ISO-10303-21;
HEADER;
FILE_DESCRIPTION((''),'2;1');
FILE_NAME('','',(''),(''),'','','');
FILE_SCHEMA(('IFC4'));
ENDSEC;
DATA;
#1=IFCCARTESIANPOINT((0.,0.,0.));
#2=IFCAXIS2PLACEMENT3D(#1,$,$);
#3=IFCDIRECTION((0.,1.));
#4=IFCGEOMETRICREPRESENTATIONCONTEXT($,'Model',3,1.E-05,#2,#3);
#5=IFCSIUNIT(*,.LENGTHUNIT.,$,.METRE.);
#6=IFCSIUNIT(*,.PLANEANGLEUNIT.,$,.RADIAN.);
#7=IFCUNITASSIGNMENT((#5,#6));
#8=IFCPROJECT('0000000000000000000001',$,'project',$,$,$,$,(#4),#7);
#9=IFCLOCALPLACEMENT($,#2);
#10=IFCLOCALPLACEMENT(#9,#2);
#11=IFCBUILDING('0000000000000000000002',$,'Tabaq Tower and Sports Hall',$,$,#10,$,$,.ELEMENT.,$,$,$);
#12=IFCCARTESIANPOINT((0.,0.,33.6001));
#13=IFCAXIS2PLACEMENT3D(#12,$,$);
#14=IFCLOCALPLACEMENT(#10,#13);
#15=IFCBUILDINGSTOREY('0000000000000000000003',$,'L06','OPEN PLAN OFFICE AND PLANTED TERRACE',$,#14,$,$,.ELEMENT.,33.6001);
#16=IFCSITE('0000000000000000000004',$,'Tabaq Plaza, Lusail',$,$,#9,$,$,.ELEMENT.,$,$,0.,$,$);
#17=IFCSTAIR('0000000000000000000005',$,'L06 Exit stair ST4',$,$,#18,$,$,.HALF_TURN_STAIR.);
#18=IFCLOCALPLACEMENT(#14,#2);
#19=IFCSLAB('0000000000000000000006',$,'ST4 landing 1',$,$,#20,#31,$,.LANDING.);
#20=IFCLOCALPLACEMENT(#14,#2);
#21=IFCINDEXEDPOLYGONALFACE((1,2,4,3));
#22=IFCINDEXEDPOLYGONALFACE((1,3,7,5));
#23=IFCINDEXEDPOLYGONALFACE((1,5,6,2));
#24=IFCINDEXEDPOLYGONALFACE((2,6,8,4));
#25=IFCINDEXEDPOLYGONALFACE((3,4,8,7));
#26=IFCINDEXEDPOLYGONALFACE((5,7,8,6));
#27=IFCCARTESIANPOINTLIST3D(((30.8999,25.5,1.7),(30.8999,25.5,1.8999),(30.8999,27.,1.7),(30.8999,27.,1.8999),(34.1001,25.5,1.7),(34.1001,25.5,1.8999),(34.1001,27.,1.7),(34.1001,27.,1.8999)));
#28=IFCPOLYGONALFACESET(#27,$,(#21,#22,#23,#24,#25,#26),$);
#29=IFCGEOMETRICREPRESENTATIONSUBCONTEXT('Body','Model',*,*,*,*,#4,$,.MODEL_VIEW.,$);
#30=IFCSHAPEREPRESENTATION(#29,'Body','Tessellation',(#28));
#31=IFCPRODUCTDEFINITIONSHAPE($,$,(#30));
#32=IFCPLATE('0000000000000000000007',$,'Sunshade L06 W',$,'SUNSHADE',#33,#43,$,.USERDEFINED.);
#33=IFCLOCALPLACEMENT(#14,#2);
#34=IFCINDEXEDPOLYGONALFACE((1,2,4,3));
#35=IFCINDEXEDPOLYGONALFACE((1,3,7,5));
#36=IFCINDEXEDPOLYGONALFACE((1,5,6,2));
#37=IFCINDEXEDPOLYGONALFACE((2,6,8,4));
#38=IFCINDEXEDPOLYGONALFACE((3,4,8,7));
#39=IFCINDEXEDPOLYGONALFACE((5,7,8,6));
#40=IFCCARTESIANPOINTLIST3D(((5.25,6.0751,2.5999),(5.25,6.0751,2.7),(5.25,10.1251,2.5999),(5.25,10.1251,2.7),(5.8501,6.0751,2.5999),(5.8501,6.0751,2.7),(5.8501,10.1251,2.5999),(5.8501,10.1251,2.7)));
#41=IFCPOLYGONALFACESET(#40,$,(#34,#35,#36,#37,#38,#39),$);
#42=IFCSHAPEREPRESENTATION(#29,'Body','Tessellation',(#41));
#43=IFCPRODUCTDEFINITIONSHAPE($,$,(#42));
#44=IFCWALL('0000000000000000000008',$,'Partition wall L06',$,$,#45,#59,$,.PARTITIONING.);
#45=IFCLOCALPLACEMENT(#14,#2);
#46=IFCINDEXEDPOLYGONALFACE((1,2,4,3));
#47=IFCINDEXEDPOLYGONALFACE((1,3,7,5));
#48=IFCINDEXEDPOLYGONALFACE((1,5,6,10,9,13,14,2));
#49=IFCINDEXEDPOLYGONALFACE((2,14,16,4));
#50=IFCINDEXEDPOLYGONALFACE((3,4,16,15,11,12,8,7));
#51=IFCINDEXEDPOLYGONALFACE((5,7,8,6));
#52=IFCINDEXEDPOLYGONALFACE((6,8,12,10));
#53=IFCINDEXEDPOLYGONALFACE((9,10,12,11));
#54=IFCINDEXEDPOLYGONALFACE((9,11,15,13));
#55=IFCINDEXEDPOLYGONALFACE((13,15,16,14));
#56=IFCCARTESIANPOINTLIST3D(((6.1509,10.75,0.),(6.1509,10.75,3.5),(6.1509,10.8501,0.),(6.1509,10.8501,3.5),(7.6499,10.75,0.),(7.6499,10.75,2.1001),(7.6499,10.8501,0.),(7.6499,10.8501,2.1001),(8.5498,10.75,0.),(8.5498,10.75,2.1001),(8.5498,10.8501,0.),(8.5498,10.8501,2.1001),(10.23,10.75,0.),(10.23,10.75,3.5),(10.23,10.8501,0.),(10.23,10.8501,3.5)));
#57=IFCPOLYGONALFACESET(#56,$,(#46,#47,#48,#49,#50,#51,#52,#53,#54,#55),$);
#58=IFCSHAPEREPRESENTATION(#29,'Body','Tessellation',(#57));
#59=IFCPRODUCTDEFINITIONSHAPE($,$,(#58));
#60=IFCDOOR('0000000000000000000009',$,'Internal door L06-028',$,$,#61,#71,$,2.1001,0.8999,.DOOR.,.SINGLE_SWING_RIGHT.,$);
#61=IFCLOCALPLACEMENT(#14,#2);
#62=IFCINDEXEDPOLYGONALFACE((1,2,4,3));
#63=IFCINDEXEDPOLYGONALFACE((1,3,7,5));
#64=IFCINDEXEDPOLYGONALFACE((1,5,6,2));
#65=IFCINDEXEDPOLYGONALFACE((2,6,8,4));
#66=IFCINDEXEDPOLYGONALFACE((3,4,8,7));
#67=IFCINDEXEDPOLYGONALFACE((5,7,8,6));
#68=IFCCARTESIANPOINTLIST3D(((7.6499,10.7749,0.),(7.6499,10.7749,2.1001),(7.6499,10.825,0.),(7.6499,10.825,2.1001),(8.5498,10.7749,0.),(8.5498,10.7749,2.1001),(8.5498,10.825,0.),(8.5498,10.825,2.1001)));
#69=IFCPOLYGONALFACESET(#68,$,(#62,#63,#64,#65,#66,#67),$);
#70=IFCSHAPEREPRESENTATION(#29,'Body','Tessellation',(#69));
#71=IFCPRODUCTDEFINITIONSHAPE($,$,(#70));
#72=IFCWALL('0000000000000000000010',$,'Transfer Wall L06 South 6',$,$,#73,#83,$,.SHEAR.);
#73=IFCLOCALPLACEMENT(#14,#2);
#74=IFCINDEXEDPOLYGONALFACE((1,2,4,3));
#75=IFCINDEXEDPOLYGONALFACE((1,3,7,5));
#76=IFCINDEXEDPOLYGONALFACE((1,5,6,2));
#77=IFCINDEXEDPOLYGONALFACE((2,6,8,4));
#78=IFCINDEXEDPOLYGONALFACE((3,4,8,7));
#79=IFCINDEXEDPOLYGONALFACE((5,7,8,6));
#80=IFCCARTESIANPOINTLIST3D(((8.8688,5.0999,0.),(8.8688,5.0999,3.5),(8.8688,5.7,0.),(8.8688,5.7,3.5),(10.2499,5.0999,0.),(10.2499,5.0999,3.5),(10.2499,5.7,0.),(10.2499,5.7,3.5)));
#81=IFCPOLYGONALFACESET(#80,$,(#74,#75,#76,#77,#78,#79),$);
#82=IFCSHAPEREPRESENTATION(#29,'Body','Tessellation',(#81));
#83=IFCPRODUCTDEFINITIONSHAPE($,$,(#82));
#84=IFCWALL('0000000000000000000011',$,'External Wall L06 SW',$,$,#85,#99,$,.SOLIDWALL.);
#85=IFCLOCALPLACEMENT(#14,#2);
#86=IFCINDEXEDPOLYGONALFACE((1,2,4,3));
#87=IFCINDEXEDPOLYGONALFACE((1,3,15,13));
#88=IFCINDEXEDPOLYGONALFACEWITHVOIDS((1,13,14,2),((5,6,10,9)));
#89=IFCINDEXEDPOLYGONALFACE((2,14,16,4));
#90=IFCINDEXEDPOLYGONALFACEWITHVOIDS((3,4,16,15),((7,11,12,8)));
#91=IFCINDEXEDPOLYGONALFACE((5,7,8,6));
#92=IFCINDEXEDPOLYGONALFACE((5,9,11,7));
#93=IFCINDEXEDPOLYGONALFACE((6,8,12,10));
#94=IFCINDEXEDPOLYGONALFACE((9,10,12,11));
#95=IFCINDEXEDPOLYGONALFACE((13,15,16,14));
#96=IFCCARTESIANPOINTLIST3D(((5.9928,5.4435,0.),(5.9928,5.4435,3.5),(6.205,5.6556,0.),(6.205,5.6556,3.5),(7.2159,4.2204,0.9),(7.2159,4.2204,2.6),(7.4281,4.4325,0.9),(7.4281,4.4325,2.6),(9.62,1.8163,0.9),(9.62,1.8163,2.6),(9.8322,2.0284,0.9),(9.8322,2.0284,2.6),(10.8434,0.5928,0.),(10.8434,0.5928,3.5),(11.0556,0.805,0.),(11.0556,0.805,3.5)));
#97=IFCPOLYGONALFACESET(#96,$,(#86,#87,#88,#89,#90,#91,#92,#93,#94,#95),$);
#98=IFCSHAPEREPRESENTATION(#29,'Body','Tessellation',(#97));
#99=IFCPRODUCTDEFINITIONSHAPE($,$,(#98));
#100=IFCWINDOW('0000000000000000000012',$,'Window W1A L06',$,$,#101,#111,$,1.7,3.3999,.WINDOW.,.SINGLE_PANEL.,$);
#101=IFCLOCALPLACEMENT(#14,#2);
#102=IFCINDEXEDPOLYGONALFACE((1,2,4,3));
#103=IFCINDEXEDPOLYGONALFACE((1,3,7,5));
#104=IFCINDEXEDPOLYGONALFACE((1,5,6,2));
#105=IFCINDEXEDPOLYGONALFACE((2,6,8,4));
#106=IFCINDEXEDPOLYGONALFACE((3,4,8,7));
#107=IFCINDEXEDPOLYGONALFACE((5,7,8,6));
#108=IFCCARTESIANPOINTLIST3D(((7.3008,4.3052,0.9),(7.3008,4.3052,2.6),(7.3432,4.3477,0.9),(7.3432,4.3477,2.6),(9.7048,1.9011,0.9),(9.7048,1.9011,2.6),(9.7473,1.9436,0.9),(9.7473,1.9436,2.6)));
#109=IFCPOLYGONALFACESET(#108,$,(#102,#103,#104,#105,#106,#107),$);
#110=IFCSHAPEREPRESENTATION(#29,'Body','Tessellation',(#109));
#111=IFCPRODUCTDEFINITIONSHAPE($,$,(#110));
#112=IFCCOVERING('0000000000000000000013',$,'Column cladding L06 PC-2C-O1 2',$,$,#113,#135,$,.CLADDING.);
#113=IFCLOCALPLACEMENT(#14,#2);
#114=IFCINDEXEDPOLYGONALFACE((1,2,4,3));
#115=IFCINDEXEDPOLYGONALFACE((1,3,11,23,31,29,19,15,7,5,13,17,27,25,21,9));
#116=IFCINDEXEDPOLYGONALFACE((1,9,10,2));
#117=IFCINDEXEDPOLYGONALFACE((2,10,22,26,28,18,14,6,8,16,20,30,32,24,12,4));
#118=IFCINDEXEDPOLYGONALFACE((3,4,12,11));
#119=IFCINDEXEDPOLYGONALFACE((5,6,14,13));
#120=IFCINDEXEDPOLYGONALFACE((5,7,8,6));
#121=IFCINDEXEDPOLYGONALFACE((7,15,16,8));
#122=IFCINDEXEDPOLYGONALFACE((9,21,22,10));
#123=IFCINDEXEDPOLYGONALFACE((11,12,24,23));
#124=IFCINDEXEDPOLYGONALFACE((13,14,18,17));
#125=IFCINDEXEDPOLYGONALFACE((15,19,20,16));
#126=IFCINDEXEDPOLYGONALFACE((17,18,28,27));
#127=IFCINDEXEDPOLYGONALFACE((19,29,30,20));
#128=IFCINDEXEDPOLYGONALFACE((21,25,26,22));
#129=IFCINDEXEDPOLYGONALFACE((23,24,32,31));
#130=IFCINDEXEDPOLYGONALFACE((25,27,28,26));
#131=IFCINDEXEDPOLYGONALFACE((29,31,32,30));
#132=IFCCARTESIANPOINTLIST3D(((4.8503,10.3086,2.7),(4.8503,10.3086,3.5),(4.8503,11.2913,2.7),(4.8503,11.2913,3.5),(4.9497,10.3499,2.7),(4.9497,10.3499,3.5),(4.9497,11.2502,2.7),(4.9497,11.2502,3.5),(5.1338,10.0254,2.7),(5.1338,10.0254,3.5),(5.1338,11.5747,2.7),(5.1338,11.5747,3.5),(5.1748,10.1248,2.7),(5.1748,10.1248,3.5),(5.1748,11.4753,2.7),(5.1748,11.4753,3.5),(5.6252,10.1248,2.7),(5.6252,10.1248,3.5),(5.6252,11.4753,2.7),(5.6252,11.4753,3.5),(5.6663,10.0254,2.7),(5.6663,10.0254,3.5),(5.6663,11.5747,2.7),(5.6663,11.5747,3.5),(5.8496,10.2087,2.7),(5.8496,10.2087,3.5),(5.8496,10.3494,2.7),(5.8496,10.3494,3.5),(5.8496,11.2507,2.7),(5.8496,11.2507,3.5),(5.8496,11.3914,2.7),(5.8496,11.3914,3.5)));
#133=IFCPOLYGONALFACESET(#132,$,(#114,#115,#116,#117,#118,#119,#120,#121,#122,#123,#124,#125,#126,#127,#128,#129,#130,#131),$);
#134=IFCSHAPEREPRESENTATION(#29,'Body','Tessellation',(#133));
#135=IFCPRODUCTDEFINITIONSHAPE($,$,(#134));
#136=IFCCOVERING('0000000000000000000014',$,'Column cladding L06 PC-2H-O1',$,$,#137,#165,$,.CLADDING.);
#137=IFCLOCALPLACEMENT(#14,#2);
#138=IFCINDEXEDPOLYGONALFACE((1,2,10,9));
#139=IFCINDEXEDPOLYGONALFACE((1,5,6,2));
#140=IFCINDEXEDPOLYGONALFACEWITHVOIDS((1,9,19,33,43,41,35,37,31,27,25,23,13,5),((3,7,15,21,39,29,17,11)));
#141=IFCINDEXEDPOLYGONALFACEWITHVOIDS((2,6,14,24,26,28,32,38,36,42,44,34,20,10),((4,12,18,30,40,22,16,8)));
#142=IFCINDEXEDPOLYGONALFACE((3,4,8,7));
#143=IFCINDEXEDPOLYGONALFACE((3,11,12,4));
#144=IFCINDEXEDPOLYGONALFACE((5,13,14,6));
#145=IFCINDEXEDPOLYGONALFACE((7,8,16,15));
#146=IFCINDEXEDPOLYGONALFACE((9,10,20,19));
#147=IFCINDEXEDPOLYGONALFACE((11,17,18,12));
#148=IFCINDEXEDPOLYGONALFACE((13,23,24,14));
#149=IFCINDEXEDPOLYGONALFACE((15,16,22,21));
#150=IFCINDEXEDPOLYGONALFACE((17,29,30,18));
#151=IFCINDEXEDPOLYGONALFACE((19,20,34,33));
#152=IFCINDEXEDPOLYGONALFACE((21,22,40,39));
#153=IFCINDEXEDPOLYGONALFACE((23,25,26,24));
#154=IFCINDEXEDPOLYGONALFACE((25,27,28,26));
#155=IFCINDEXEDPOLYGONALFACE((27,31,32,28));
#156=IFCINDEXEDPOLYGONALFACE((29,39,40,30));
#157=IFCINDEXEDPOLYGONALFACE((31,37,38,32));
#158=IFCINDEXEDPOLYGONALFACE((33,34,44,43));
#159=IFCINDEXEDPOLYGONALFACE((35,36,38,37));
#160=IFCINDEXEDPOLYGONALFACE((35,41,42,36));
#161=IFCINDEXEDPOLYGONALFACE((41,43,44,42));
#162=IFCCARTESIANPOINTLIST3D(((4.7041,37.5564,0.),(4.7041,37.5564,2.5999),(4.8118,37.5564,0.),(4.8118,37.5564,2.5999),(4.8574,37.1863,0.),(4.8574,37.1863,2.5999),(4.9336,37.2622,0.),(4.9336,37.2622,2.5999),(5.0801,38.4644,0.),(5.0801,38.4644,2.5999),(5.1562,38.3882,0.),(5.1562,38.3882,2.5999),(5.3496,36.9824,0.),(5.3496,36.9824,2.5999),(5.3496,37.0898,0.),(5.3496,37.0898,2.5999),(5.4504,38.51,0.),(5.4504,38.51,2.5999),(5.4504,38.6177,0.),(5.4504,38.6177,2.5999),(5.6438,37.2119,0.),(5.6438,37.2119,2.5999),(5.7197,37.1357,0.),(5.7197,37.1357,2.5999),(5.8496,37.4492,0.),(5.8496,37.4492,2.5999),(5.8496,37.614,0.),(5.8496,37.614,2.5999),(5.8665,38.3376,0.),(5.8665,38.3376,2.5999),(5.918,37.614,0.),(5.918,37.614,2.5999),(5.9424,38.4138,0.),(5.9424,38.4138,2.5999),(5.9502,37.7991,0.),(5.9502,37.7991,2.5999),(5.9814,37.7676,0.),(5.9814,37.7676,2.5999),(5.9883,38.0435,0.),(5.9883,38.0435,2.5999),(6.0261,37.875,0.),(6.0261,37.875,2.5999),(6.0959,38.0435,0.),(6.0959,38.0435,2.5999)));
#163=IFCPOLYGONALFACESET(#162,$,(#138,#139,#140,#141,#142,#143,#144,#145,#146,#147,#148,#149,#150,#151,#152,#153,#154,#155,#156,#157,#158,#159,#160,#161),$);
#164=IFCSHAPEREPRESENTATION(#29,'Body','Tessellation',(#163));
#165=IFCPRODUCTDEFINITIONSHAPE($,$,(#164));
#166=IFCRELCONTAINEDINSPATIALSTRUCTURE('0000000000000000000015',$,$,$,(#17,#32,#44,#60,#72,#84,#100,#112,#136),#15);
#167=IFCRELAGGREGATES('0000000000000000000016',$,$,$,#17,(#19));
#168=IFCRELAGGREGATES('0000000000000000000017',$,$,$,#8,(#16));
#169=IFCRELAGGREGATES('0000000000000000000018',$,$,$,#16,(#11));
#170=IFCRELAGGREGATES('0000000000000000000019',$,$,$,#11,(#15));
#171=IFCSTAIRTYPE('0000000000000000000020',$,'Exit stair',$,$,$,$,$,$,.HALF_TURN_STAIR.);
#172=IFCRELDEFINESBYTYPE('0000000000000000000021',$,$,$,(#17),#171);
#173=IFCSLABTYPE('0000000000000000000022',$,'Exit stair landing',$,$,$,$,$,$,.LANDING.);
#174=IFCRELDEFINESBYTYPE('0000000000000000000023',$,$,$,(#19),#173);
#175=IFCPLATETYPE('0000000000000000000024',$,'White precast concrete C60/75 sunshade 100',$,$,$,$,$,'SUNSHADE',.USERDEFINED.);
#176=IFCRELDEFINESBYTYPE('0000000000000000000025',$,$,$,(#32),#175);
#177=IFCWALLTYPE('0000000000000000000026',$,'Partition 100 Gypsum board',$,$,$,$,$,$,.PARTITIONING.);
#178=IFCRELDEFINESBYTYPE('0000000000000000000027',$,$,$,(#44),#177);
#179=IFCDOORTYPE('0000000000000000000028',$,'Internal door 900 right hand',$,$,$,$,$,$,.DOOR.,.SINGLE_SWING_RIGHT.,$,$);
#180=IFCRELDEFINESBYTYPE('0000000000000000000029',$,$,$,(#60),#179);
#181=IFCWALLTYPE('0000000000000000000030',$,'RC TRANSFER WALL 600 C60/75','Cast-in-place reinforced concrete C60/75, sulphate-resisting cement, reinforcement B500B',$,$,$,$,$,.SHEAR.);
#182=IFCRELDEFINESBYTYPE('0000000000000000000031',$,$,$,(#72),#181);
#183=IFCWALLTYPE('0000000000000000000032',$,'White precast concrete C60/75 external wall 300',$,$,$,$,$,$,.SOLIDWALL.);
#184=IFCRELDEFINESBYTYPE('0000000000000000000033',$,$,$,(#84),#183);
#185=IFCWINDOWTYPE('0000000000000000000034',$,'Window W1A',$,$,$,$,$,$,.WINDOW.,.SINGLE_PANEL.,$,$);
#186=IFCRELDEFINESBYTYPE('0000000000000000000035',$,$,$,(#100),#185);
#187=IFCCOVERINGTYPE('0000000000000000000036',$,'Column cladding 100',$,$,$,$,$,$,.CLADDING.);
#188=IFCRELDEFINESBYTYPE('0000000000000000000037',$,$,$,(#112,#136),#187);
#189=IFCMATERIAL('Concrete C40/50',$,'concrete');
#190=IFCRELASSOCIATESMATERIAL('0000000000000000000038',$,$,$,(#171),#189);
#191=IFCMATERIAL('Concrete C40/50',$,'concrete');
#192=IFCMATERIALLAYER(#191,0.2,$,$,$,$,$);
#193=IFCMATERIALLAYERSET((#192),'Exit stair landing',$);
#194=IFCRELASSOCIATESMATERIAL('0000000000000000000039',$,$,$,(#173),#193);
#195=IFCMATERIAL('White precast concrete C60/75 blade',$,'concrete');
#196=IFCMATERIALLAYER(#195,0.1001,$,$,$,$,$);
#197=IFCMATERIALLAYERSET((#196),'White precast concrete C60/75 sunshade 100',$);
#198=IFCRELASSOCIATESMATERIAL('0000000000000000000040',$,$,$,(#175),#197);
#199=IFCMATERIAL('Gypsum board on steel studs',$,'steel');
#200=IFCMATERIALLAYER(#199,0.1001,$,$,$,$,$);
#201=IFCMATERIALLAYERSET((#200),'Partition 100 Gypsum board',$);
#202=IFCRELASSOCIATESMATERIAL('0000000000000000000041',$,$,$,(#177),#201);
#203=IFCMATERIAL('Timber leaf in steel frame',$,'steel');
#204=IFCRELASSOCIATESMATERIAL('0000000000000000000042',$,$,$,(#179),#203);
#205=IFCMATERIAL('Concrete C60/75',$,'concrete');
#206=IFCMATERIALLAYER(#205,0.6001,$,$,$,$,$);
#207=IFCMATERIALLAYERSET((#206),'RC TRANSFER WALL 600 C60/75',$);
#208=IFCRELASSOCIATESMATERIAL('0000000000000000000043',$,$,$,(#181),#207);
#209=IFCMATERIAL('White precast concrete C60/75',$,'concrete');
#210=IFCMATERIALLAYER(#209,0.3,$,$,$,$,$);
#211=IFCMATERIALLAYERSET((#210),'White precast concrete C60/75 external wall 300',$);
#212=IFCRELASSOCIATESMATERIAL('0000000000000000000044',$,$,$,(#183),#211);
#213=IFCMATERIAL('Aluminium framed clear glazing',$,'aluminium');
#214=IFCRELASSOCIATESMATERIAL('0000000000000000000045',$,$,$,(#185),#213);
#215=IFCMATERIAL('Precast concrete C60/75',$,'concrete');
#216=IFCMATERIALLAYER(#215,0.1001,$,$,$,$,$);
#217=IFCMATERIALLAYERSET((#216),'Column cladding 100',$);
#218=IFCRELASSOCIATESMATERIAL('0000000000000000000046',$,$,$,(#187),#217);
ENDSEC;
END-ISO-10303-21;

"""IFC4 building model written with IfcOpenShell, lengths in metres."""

from ifc_helpers import new_model, si_unit, direction, frame, frame_2d, origin, origin_2d, place, context, subcontext, project, spatial, polyline, rectangle, outline, extrude, material, layer, layer_set, type_object, element, fill, aggregate, save


model = new_model("IFC4")

# Units and contexts
model_context = context("Model", 3, precision=1e-05, world=origin(), true_north=direction((0.0, 1.0)))
body_context = subcontext(model_context, "Body", "Model", "MODEL_VIEW")
ifc_project = project(units=[si_unit("LENGTHUNIT", "METRE"), si_unit("PLANEANGLEUNIT", "RADIAN")], contexts=[model_context])

# Site, building, storey
site_placement = place(None, origin())
site = spatial("IfcSite", under=ifc_project, at=site_placement, Name="Tabaq Plaza, Lusail", CompositionType="ELEMENT", RefElevation=0.0)
building_placement = place(site_placement, origin())
building = spatial("IfcBuilding", under=site, at=building_placement, Name="Tabaq Tower and Sports Hall", CompositionType="ELEMENT")
storey_placement = place(building_placement, frame((0.0, 0.0, 33.6001)))
storey = spatial("IfcBuildingStorey", under=building, at=storey_placement, Name="L06", Description="OPEN PLAN OFFICE AND PLANTED TERRACE", CompositionType="ELEMENT", Elevation=33.6001)

# Stair, slab
ifc_material_1 = material(Name="Concrete C40/50", Category="concrete")
stair_type = type_object("IfcStairType", Name="Exit stair", PredefinedType="HALF_TURN_STAIR", material=ifc_material_1)
ifc_material_2 = material(Name="Concrete C40/50", Category="concrete")
ifc_layer_1 = layer(ifc_material_2, 0.2)
ifc_layer_set_1 = layer_set([ifc_layer_1], Name="Exit stair landing")
slab_type = type_object("IfcSlabType", Name="Exit stair landing", PredefinedType="LANDING", material=ifc_layer_set_1)
stair_1_placement = place(storey_placement, origin())
stair_1 = element("IfcStair", 1, at=stair_1_placement, inside=storey, type_object=stair_type, Name="L06 Exit stair ST4", PredefinedType="HALF_TURN_STAIR")
slab_1_placement = place(storey_placement, frame((0.0, 0.0, 1.7)))
slab_1 = element("IfcSlab", 2, at=slab_1_placement, type_object=slab_type, Name="ST4 landing 1", PredefinedType="LANDING", context=body_context, shape_type="SweptSolid", body=[
    extrude(outline(polyline([(30.8999, 27.0), (30.8999, 25.5), (34.1001, 25.5), (34.1001, 27.0), (30.8999, 27.0)])), origin(), (0.0, 0.0, 1.0), 0.2),
])
aggregate(stair_1, [slab_1])

# Plate
ifc_material_3 = material(Name="White precast concrete C60/75 blade", Category="concrete")
ifc_layer_2 = layer(ifc_material_3, 0.1001)
ifc_layer_set_2 = layer_set([ifc_layer_2], Name="White precast concrete C60/75 sunshade 100")
plate_type = type_object("IfcPlateType", Name="White precast concrete C60/75 sunshade 100", ElementType="SUNSHADE", PredefinedType="USERDEFINED", material=ifc_layer_set_2)
plate_placement = place(storey_placement, frame((5.55, 8.1001, 2.5999), z_axis=(0.0, 0.0, 1.0), x_axis=(0.0, -1.0, 0.0)))
element("IfcPlate", 3, at=plate_placement, inside=storey, type_object=plate_type, Name="Sunshade L06 W", ObjectType="SUNSHADE", PredefinedType="USERDEFINED", context=body_context, shape_type="SweptSolid", body=[
    extrude(rectangle(XDim=4.05, YDim=0.6001, at=origin_2d()), origin(), (0.0, 0.0, 1.0), 0.1001),
])

# Wall, opening, door
ifc_material_4 = material(Name="Gypsum board on steel studs", Category="steel")
ifc_layer_3 = layer(ifc_material_4, 0.1001)
ifc_layer_set_3 = layer_set([ifc_layer_3], Name="Partition 100 Gypsum board")
wall_type_1 = type_object("IfcWallType", Name="Partition 100 Gypsum board", PredefinedType="PARTITIONING", material=ifc_layer_set_3)
wall_1_placement = place(storey_placement, frame((6.1509, 10.8, 0.0), z_axis=(0.0, 0.0, 1.0), x_axis=(1.0, 0.0, 0.0)))
wall_1 = element("IfcWall", 4, at=wall_1_placement, inside=storey, type_object=wall_type_1, Name="Partition wall L06", PredefinedType="PARTITIONING", context=body_context, shape_type="SweptSolid", body=[
    extrude(rectangle(XDim=4.0791, YDim=0.1001, at=frame_2d((2.0396, 0.0))), origin(), (0.0, 0.0, 1.0), 3.5),
])
opening_1_placement = place(wall_1_placement, frame((1.499, 0.0, 0.0)))
opening_1 = element("IfcOpeningElement", 5, at=opening_1_placement, cuts=wall_1, PredefinedType="OPENING", context=body_context, shape_type="SweptSolid", body=[
    extrude(rectangle(XDim=0.8999, YDim=2.1001, at=frame_2d((0.45, 1.05))), frame((0.0, 0.05, 0.0), z_axis=(0.0, -1.0, 0.0), x_axis=(1.0, 0.0, 0.0)), (0.0, 0.0, 1.0), 0.1001),
])
ifc_material_5 = material(Name="Timber leaf in steel frame", Category="steel")
door_type = type_object("IfcDoorType", Name="Internal door 900 right hand", OperationType="SINGLE_SWING_RIGHT", PredefinedType="DOOR", material=ifc_material_5)
door_placement = place(opening_1_placement, origin())
door = element("IfcDoor", 6, at=door_placement, inside=storey, type_object=door_type, Name="Internal door L06-028", OperationType="SINGLE_SWING_RIGHT", OverallHeight=2.1001, OverallWidth=0.8999, PredefinedType="DOOR", context=body_context, shape_type="SweptSolid", body=[
    extrude(rectangle(XDim=0.8999, YDim=2.1001, at=frame_2d((0.45, 1.05))), frame((0.0, 0.0249, 0.0), z_axis=(0.0, -1.0, 0.0), x_axis=(1.0, 0.0, 0.0)), (0.0, 0.0, 1.0), 0.05),
])
fill(opening_1, door)

# Wall
ifc_material_6 = material(Name="Concrete C60/75", Category="concrete")
ifc_layer_4 = layer(ifc_material_6, 0.6001)
ifc_layer_set_4 = layer_set([ifc_layer_4], Name="RC TRANSFER WALL 600 C60/75")
wall_type_2 = type_object("IfcWallType", Name="RC TRANSFER WALL 600 C60/75", Description="Cast-in-place reinforced concrete C60/75, sulphate-resisting cement, reinforcement B500B", PredefinedType="SHEAR", material=ifc_layer_set_4)
wall_2_placement = place(storey_placement, frame((8.8689, 5.3999, 0.0), z_axis=(0.0, 0.0, 1.0), x_axis=(1.0, 0.0, 0.0)))
element("IfcWall", 7, at=wall_2_placement, inside=storey, type_object=wall_type_2, Name="Transfer Wall L06 South 6", PredefinedType="SHEAR", context=body_context, shape_type="SweptSolid", body=[
    extrude(rectangle(XDim=1.3811, YDim=0.6001, at=frame_2d((0.6904, 0.0))), origin(), (0.0, 0.0, 1.0), 3.5),
])

# Wall, opening, window
ifc_material_7 = material(Name="White precast concrete C60/75", Category="concrete")
ifc_layer_5 = layer(ifc_material_7, 0.3)
ifc_layer_set_5 = layer_set([ifc_layer_5], Name="White precast concrete C60/75 external wall 300")
wall_type_3 = type_object("IfcWallType", Name="White precast concrete C60/75 external wall 300", PredefinedType="SOLIDWALL", material=ifc_layer_set_5)
wall_3_placement = place(storey_placement, frame((6.0989, 5.5496, 0.0), z_axis=(0.0, 0.0, 1.0), x_axis=(0.707107, -0.707107, 0.0)))
wall_3 = element("IfcWall", 8, at=wall_3_placement, inside=storey, type_object=wall_type_3, Name="External Wall L06 SW", PredefinedType="SOLIDWALL", context=body_context, shape_type="SweptSolid", body=[
    extrude(rectangle(XDim=6.8599, YDim=0.3, at=frame_2d((3.4299, 0.0))), origin(), (0.0, 0.0, 1.0), 3.5),
])
opening_2_placement = place(wall_3_placement, frame((1.7297, 0.0, 0.8999)))
opening_2 = element("IfcOpeningElement", 9, at=opening_2_placement, cuts=wall_3, PredefinedType="OPENING", context=body_context, shape_type="SweptSolid", body=[
    extrude(rectangle(XDim=3.3999, YDim=1.7, at=frame_2d((1.7, 0.8501))), frame((0.0, 0.1602, 0.0), z_axis=(0.0, -1.0, 0.0), x_axis=(1.0, 0.0, 0.0)), (0.0, 0.0, 1.0), 0.3201),
])
ifc_material_8 = material(Name="Aluminium framed clear glazing", Category="aluminium")
window_type = type_object("IfcWindowType", Name="Window W1A", PartitioningType="SINGLE_PANEL", PredefinedType="WINDOW", material=ifc_material_8)
window_placement = place(opening_2_placement, origin())
window = element("IfcWindow", 10, at=window_placement, inside=storey, type_object=window_type, Name="Window W1A L06", OverallHeight=1.7, OverallWidth=3.3999, PartitioningType="SINGLE_PANEL", PredefinedType="WINDOW", context=body_context, shape_type="SweptSolid", body=[
    extrude(rectangle(XDim=3.3999, YDim=1.7, at=frame_2d((1.7, 0.8501))), frame((0.0, 0.03, 0.0), z_axis=(0.0, -1.0, 0.0), x_axis=(1.0, 0.0, 0.0)), (0.0, 0.0, 1.0), 0.0601),
])
fill(opening_2, window)

# Coverings
ifc_material_9 = material(Name="Precast concrete C60/75", Category="concrete")
ifc_layer_6 = layer(ifc_material_9, 0.1001)
ifc_layer_set_6 = layer_set([ifc_layer_6], Name="Column cladding 100")
covering_type_1 = type_object("IfcCoveringType", Name="Column cladding 100", PredefinedType="CLADDING", material=ifc_layer_set_6)
covering_1_placement = place(storey_placement, frame((0.0, 0.0, 2.7)))
element("IfcCovering", 11, at=covering_1_placement, inside=storey, type_object=covering_type_1, Name="Column cladding L06 PC-2C-O1 2", PredefinedType="CLADDING", context=body_context, shape_type="SweptSolid", body=[
    extrude(outline(polyline([(5.1338, 10.0254), (4.8503, 10.3086), (4.8503, 11.2913), (5.1338, 11.5747), (5.6663, 11.5747), (5.8496, 11.3914), (5.8496, 11.2507), (5.6252, 11.4753), (5.1748, 11.4753), (4.9497, 11.2502), (4.9497, 10.3499), (5.1748, 10.1248), (5.6252, 10.1248), (5.8496, 10.3494), (5.8496, 10.2087), (5.6663, 10.0254), (5.1338, 10.0254)])), origin(), (0.0, 0.0, 1.0), 0.8),
])
covering_2_placement = place(storey_placement, origin())
element("IfcCovering", 12, at=covering_2_placement, inside=storey, type_object=covering_type_1, Name="Column cladding L06 PC-2H-O1", PredefinedType="CLADDING", context=body_context, shape_type="SweptSolid", body=[
    extrude(outline(polyline([(4.8574, 37.1863), (4.7041, 37.5564), (5.0801, 38.4644), (5.4504, 38.6177), (5.9424, 38.4138), (6.0959, 38.0435), (6.0261, 37.875), (5.9502, 37.7991), (5.9814, 37.7676), (5.918, 37.614), (5.8496, 37.614), (5.8496, 37.4492), (5.7197, 37.1357), (5.3496, 36.9824), (4.8574, 37.1863)]), holes=[polyline([(5.8665, 38.3376), (5.4504, 38.51), (5.1562, 38.3882), (4.8118, 37.5564), (4.9336, 37.2622), (5.3496, 37.0898), (5.6438, 37.2119), (5.9883, 38.0435), (5.8665, 38.3376)])]), origin(), (0.0, 0.0, 1.0), 2.5999),
])

save(model, "model.ifc")
